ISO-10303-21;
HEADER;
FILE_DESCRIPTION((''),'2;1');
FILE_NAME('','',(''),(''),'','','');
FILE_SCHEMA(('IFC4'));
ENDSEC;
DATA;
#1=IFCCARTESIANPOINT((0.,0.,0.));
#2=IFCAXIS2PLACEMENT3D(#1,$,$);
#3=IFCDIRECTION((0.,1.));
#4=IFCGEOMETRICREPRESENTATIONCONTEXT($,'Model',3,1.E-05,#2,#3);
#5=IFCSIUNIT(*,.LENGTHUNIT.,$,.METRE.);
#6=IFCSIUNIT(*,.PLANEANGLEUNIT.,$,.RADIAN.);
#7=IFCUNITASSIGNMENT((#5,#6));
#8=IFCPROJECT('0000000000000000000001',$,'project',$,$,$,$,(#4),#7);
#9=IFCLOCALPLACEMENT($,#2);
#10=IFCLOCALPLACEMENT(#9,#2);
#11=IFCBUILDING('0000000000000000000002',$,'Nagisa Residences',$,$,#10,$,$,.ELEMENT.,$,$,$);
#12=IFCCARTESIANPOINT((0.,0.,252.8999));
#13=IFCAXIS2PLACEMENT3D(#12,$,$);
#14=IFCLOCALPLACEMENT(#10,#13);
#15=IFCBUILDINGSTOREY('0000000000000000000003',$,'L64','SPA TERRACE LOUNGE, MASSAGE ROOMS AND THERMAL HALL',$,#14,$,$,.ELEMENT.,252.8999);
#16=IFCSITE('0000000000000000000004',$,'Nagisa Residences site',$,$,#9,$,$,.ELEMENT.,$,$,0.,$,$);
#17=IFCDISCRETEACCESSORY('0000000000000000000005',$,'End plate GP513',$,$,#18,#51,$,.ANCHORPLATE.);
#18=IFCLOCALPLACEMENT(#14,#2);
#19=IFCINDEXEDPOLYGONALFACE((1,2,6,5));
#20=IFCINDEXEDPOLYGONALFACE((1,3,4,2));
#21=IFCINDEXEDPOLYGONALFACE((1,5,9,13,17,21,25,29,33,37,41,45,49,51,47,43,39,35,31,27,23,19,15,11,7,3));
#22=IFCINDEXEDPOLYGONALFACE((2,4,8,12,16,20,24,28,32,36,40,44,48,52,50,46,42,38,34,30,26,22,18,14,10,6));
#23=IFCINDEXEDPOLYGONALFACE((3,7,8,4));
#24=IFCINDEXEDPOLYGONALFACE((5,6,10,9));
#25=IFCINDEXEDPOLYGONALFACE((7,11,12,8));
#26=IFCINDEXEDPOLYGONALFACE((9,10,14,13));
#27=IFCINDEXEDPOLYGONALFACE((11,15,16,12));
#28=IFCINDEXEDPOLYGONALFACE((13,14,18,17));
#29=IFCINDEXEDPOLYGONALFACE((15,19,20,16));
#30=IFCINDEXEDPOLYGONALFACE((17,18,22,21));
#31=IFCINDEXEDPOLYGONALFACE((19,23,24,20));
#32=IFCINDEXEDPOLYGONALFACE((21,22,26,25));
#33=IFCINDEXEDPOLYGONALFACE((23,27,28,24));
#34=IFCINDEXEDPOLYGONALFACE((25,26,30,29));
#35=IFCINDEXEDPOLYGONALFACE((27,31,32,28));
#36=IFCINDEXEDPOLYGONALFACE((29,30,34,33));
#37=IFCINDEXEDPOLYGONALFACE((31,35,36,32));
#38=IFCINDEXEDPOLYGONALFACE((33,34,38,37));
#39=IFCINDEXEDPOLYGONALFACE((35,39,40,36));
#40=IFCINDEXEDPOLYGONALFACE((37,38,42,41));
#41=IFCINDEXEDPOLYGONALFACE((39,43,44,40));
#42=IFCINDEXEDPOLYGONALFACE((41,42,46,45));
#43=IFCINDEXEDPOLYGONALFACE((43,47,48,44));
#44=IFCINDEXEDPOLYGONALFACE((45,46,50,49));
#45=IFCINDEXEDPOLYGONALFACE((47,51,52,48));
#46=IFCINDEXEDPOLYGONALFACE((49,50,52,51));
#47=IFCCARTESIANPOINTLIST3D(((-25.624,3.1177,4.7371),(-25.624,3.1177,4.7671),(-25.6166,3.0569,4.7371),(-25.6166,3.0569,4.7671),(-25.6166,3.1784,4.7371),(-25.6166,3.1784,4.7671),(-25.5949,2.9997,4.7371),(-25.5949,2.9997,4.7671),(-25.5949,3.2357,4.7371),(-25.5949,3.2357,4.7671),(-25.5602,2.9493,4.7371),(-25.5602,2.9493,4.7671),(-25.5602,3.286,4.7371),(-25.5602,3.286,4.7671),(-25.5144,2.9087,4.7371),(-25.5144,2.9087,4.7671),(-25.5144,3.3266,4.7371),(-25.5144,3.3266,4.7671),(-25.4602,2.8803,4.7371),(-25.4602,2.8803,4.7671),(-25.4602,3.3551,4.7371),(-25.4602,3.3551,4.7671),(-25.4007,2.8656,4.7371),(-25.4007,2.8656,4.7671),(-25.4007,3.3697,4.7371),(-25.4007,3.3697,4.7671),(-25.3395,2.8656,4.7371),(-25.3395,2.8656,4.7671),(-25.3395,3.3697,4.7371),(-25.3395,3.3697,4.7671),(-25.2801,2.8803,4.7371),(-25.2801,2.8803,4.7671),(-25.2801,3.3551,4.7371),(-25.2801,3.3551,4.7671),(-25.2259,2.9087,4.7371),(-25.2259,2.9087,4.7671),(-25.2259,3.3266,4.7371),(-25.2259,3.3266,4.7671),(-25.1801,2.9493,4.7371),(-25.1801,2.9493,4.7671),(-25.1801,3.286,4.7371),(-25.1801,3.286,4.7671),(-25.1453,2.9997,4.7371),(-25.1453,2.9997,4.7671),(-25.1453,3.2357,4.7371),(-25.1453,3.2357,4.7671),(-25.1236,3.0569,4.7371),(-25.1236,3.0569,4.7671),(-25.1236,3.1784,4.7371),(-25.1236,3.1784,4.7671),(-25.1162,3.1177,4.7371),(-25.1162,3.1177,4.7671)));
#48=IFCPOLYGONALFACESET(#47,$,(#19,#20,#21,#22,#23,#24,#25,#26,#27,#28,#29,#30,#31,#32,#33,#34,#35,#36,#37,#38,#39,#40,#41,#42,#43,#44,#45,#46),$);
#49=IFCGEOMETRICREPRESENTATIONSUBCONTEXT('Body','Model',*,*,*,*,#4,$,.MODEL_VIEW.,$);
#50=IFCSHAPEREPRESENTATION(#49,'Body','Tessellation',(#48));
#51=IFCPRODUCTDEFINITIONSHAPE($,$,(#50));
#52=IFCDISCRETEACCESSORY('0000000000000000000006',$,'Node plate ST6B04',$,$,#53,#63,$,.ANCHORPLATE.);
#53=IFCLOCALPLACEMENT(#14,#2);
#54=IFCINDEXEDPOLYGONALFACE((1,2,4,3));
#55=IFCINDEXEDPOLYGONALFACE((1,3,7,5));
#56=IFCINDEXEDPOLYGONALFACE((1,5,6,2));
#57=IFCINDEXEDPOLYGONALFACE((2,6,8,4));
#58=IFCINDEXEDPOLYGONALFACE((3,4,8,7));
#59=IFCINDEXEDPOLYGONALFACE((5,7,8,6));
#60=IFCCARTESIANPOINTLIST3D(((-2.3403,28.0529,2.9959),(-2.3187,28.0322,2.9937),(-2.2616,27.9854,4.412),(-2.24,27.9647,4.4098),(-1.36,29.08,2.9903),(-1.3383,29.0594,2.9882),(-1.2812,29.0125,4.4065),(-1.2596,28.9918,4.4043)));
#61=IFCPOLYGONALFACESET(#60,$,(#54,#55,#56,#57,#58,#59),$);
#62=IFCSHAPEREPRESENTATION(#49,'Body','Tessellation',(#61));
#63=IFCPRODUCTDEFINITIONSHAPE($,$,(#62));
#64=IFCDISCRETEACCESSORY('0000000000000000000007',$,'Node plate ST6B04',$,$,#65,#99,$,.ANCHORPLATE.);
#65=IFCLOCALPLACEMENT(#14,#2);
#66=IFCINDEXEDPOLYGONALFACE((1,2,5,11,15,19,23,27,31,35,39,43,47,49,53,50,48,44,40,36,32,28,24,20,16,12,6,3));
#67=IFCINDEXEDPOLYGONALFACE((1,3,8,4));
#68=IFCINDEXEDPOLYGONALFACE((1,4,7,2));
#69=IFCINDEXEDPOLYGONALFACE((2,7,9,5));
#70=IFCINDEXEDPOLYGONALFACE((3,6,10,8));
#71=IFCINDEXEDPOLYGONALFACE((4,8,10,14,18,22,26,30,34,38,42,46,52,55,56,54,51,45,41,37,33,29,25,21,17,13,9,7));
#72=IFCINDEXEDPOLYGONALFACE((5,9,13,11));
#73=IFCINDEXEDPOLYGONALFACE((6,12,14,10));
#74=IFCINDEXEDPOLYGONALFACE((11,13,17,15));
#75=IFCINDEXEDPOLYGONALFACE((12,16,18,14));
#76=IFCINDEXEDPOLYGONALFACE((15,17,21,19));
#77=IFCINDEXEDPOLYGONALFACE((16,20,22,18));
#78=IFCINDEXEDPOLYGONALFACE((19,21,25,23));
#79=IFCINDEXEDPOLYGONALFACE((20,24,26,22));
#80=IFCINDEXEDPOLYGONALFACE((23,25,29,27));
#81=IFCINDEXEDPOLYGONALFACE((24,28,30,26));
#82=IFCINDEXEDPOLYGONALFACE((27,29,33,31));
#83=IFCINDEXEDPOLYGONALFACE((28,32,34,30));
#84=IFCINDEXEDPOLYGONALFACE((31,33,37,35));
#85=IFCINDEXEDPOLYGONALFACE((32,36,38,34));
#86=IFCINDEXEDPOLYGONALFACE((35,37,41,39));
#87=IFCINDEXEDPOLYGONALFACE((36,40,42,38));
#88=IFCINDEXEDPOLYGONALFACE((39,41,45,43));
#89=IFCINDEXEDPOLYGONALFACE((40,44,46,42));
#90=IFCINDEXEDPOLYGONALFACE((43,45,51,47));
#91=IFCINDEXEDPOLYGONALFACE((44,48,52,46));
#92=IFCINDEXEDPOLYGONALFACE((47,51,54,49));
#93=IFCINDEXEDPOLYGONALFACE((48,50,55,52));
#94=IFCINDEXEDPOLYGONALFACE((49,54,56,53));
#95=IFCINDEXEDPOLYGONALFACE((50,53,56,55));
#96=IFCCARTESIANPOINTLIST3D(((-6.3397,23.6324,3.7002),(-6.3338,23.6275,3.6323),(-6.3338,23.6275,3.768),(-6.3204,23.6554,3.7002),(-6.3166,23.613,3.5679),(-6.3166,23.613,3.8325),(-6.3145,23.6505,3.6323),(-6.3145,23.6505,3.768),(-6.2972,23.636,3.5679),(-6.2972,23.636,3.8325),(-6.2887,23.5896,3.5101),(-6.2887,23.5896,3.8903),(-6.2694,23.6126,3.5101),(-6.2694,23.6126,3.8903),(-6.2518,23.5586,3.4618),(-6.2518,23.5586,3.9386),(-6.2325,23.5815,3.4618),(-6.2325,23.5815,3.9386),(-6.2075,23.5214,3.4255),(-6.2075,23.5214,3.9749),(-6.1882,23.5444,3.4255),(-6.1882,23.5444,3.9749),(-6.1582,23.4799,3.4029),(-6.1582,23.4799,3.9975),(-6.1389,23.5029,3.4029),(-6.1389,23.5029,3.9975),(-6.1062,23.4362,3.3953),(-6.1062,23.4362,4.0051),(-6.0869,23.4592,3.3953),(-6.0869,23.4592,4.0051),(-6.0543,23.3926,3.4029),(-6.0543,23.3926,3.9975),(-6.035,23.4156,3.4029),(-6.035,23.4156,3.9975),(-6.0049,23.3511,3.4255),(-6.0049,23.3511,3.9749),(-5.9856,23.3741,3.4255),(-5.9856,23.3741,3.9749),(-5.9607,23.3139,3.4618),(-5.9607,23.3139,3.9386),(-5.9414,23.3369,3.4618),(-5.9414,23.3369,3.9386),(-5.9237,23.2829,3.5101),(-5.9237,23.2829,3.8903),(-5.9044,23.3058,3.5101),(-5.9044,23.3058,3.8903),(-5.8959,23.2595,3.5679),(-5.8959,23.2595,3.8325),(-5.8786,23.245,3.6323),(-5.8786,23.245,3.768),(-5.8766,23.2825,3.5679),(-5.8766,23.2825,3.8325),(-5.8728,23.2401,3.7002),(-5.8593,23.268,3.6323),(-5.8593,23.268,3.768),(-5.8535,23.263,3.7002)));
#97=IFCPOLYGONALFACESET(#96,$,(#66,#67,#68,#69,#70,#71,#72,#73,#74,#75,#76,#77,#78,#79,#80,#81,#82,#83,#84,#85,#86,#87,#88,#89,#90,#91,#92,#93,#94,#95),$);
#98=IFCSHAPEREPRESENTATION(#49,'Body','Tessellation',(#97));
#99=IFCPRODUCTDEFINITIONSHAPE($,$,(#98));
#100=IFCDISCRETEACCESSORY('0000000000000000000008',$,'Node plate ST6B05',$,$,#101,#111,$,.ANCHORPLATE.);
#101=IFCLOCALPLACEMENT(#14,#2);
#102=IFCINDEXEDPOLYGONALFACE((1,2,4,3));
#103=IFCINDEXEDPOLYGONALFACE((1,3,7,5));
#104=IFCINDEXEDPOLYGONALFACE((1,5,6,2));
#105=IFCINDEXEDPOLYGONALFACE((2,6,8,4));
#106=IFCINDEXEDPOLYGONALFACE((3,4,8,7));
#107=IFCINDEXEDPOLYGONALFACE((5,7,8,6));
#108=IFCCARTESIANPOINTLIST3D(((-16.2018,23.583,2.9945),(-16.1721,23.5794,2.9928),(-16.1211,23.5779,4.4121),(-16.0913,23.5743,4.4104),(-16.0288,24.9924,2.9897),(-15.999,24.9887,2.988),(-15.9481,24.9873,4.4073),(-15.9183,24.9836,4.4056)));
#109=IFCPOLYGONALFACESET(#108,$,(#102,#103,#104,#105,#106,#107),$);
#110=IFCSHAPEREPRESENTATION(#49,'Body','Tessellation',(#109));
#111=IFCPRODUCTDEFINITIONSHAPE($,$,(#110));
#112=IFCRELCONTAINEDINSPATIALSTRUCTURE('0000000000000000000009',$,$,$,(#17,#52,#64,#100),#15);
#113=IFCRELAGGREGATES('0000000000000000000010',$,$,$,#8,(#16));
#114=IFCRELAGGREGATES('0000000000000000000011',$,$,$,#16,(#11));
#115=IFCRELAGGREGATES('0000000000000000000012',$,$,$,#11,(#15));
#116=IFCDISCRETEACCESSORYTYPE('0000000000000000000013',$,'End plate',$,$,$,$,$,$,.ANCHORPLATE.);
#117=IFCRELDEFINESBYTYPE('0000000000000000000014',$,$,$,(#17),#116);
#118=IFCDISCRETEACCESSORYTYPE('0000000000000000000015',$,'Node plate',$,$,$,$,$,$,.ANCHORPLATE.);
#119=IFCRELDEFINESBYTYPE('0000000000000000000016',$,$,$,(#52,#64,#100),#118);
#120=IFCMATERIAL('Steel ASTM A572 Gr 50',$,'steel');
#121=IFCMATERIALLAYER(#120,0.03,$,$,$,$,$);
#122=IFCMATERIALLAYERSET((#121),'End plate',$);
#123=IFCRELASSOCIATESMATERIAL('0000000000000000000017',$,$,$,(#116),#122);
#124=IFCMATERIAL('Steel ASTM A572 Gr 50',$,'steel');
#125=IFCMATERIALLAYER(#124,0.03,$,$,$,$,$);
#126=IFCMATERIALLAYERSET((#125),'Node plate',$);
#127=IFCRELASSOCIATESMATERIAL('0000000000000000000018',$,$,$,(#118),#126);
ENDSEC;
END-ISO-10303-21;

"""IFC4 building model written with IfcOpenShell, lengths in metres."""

from ifc_helpers import new_model, si_unit, direction, frame, origin, origin_2d, place, context, subcontext, project, spatial, rectangle, circle, extrude, material, layer, layer_set, type_object, element, save


model = new_model("IFC4")

# Units and contexts
model_context = context("Model", 3, precision=1e-05, world=origin(), true_north=direction((0.0, 1.0)))
body_context = subcontext(model_context, "Body", "Model", "MODEL_VIEW")
ifc_project = project(units=[si_unit("LENGTHUNIT", "METRE"), si_unit("PLANEANGLEUNIT", "RADIAN")], contexts=[model_context])

# Site, building, storey
site_placement = place(None, origin())
site = spatial("IfcSite", under=ifc_project, at=site_placement, Name="Nagisa Residences site", CompositionType="ELEMENT", RefElevation=0.0)
building_placement = place(site_placement, origin())
building = spatial("IfcBuilding", under=site, at=building_placement, Name="Nagisa Residences", CompositionType="ELEMENT")
storey_placement = place(building_placement, frame((0.0, 0.0, 252.8999)))
storey = spatial("IfcBuildingStorey", under=building, at=storey_placement, Name="L64", Description="SPA TERRACE LOUNGE, MASSAGE ROOMS AND THERMAL HALL", CompositionType="ELEMENT", Elevation=252.8999)

# Discrete accessories
ifc_material_1 = material(Name="Steel ASTM A572 Gr 50", Category="steel")
ifc_layer_1 = layer(ifc_material_1, 0.03)
ifc_layer_set_1 = layer_set([ifc_layer_1], Name="End plate")
discrete_accessory_type_1 = type_object("IfcDiscreteAccessoryType", Name="End plate", PredefinedType="ANCHORPLATE", material=ifc_layer_set_1)
for number, where, z_axis, x_axis, name in (
    (1, (-25.3701, 3.1177, 4.7371), (0.0, 0.0, 1.0), (1.0, 0.0, 0.0), "End plate GP513"),
):
    element("IfcDiscreteAccessory", number, at=place(storey_placement, frame(where, z_axis=z_axis, x_axis=x_axis)), inside=storey, type_object=discrete_accessory_type_1, Name=name, PredefinedType="ANCHORPLATE", context=body_context, shape_type="SweptSolid", body=[
        extrude(circle(Radius=0.2539, at=origin_2d()), origin(), (0.0, 0.0, 1.0), 0.03),
    ])
ifc_material_2 = material(Name="Steel ASTM A572 Gr 50", Category="steel")
ifc_layer_2 = layer(ifc_material_2, 0.03)
ifc_layer_set_2 = layer_set([ifc_layer_2], Name="Node plate")
discrete_accessory_type_2 = type_object("IfcDiscreteAccessoryType", Name="Node plate", PredefinedType="ANCHORPLATE", material=ifc_layer_set_2)
discrete_accessory_1_placement = place(storey_placement, frame((-1.8108, 28.5327, 3.7012), z_axis=(0.721245, -0.68883, -0.072935), x_axis=(-0.690458, -0.723362, 0.003888)))
element("IfcDiscreteAccessory", 2, at=discrete_accessory_1_placement, inside=storey, type_object=discrete_accessory_type_2, Name="Node plate ST6B04", PredefinedType="ANCHORPLATE", context=body_context, shape_type="SweptSolid", body=[
    extrude(rectangle(XDim=1.4199, YDim=1.4199, at=origin_2d()), origin(), (0.0, 0.0, 1.0), 0.03),
])
discrete_accessory_2_placement = place(storey_placement, frame((-6.0869, 23.4592, 3.7002), z_axis=(-0.643383, -0.765544, 0.0), x_axis=(0.765544, -0.643383, 0.0)))
element("IfcDiscreteAccessory", 3, at=discrete_accessory_2_placement, inside=storey, type_object=discrete_accessory_type_2, Name="Node plate ST6B04", PredefinedType="ANCHORPLATE", context=body_context, shape_type="SweptSolid", body=[
    extrude(circle(Radius=0.3049, at=origin_2d()), origin(), (0.0, 0.0, 1.0), 0.03),
])
discrete_accessory_3_placement = place(storey_placement, frame((-16.075, 24.2852, 3.7009), z_axis=(0.990921, -0.121835, -0.056856), x_axis=(-0.12184, -0.992544, 0.003381)))
element("IfcDiscreteAccessory", 4, at=discrete_accessory_3_placement, inside=storey, type_object=discrete_accessory_type_2, Name="Node plate ST6B05", PredefinedType="ANCHORPLATE", context=body_context, shape_type="SweptSolid", body=[
    extrude(rectangle(XDim=1.4199, YDim=1.4199, at=origin_2d()), origin(), (0.0, 0.0, 1.0), 0.03),
])

save(model, "model.ifc")
